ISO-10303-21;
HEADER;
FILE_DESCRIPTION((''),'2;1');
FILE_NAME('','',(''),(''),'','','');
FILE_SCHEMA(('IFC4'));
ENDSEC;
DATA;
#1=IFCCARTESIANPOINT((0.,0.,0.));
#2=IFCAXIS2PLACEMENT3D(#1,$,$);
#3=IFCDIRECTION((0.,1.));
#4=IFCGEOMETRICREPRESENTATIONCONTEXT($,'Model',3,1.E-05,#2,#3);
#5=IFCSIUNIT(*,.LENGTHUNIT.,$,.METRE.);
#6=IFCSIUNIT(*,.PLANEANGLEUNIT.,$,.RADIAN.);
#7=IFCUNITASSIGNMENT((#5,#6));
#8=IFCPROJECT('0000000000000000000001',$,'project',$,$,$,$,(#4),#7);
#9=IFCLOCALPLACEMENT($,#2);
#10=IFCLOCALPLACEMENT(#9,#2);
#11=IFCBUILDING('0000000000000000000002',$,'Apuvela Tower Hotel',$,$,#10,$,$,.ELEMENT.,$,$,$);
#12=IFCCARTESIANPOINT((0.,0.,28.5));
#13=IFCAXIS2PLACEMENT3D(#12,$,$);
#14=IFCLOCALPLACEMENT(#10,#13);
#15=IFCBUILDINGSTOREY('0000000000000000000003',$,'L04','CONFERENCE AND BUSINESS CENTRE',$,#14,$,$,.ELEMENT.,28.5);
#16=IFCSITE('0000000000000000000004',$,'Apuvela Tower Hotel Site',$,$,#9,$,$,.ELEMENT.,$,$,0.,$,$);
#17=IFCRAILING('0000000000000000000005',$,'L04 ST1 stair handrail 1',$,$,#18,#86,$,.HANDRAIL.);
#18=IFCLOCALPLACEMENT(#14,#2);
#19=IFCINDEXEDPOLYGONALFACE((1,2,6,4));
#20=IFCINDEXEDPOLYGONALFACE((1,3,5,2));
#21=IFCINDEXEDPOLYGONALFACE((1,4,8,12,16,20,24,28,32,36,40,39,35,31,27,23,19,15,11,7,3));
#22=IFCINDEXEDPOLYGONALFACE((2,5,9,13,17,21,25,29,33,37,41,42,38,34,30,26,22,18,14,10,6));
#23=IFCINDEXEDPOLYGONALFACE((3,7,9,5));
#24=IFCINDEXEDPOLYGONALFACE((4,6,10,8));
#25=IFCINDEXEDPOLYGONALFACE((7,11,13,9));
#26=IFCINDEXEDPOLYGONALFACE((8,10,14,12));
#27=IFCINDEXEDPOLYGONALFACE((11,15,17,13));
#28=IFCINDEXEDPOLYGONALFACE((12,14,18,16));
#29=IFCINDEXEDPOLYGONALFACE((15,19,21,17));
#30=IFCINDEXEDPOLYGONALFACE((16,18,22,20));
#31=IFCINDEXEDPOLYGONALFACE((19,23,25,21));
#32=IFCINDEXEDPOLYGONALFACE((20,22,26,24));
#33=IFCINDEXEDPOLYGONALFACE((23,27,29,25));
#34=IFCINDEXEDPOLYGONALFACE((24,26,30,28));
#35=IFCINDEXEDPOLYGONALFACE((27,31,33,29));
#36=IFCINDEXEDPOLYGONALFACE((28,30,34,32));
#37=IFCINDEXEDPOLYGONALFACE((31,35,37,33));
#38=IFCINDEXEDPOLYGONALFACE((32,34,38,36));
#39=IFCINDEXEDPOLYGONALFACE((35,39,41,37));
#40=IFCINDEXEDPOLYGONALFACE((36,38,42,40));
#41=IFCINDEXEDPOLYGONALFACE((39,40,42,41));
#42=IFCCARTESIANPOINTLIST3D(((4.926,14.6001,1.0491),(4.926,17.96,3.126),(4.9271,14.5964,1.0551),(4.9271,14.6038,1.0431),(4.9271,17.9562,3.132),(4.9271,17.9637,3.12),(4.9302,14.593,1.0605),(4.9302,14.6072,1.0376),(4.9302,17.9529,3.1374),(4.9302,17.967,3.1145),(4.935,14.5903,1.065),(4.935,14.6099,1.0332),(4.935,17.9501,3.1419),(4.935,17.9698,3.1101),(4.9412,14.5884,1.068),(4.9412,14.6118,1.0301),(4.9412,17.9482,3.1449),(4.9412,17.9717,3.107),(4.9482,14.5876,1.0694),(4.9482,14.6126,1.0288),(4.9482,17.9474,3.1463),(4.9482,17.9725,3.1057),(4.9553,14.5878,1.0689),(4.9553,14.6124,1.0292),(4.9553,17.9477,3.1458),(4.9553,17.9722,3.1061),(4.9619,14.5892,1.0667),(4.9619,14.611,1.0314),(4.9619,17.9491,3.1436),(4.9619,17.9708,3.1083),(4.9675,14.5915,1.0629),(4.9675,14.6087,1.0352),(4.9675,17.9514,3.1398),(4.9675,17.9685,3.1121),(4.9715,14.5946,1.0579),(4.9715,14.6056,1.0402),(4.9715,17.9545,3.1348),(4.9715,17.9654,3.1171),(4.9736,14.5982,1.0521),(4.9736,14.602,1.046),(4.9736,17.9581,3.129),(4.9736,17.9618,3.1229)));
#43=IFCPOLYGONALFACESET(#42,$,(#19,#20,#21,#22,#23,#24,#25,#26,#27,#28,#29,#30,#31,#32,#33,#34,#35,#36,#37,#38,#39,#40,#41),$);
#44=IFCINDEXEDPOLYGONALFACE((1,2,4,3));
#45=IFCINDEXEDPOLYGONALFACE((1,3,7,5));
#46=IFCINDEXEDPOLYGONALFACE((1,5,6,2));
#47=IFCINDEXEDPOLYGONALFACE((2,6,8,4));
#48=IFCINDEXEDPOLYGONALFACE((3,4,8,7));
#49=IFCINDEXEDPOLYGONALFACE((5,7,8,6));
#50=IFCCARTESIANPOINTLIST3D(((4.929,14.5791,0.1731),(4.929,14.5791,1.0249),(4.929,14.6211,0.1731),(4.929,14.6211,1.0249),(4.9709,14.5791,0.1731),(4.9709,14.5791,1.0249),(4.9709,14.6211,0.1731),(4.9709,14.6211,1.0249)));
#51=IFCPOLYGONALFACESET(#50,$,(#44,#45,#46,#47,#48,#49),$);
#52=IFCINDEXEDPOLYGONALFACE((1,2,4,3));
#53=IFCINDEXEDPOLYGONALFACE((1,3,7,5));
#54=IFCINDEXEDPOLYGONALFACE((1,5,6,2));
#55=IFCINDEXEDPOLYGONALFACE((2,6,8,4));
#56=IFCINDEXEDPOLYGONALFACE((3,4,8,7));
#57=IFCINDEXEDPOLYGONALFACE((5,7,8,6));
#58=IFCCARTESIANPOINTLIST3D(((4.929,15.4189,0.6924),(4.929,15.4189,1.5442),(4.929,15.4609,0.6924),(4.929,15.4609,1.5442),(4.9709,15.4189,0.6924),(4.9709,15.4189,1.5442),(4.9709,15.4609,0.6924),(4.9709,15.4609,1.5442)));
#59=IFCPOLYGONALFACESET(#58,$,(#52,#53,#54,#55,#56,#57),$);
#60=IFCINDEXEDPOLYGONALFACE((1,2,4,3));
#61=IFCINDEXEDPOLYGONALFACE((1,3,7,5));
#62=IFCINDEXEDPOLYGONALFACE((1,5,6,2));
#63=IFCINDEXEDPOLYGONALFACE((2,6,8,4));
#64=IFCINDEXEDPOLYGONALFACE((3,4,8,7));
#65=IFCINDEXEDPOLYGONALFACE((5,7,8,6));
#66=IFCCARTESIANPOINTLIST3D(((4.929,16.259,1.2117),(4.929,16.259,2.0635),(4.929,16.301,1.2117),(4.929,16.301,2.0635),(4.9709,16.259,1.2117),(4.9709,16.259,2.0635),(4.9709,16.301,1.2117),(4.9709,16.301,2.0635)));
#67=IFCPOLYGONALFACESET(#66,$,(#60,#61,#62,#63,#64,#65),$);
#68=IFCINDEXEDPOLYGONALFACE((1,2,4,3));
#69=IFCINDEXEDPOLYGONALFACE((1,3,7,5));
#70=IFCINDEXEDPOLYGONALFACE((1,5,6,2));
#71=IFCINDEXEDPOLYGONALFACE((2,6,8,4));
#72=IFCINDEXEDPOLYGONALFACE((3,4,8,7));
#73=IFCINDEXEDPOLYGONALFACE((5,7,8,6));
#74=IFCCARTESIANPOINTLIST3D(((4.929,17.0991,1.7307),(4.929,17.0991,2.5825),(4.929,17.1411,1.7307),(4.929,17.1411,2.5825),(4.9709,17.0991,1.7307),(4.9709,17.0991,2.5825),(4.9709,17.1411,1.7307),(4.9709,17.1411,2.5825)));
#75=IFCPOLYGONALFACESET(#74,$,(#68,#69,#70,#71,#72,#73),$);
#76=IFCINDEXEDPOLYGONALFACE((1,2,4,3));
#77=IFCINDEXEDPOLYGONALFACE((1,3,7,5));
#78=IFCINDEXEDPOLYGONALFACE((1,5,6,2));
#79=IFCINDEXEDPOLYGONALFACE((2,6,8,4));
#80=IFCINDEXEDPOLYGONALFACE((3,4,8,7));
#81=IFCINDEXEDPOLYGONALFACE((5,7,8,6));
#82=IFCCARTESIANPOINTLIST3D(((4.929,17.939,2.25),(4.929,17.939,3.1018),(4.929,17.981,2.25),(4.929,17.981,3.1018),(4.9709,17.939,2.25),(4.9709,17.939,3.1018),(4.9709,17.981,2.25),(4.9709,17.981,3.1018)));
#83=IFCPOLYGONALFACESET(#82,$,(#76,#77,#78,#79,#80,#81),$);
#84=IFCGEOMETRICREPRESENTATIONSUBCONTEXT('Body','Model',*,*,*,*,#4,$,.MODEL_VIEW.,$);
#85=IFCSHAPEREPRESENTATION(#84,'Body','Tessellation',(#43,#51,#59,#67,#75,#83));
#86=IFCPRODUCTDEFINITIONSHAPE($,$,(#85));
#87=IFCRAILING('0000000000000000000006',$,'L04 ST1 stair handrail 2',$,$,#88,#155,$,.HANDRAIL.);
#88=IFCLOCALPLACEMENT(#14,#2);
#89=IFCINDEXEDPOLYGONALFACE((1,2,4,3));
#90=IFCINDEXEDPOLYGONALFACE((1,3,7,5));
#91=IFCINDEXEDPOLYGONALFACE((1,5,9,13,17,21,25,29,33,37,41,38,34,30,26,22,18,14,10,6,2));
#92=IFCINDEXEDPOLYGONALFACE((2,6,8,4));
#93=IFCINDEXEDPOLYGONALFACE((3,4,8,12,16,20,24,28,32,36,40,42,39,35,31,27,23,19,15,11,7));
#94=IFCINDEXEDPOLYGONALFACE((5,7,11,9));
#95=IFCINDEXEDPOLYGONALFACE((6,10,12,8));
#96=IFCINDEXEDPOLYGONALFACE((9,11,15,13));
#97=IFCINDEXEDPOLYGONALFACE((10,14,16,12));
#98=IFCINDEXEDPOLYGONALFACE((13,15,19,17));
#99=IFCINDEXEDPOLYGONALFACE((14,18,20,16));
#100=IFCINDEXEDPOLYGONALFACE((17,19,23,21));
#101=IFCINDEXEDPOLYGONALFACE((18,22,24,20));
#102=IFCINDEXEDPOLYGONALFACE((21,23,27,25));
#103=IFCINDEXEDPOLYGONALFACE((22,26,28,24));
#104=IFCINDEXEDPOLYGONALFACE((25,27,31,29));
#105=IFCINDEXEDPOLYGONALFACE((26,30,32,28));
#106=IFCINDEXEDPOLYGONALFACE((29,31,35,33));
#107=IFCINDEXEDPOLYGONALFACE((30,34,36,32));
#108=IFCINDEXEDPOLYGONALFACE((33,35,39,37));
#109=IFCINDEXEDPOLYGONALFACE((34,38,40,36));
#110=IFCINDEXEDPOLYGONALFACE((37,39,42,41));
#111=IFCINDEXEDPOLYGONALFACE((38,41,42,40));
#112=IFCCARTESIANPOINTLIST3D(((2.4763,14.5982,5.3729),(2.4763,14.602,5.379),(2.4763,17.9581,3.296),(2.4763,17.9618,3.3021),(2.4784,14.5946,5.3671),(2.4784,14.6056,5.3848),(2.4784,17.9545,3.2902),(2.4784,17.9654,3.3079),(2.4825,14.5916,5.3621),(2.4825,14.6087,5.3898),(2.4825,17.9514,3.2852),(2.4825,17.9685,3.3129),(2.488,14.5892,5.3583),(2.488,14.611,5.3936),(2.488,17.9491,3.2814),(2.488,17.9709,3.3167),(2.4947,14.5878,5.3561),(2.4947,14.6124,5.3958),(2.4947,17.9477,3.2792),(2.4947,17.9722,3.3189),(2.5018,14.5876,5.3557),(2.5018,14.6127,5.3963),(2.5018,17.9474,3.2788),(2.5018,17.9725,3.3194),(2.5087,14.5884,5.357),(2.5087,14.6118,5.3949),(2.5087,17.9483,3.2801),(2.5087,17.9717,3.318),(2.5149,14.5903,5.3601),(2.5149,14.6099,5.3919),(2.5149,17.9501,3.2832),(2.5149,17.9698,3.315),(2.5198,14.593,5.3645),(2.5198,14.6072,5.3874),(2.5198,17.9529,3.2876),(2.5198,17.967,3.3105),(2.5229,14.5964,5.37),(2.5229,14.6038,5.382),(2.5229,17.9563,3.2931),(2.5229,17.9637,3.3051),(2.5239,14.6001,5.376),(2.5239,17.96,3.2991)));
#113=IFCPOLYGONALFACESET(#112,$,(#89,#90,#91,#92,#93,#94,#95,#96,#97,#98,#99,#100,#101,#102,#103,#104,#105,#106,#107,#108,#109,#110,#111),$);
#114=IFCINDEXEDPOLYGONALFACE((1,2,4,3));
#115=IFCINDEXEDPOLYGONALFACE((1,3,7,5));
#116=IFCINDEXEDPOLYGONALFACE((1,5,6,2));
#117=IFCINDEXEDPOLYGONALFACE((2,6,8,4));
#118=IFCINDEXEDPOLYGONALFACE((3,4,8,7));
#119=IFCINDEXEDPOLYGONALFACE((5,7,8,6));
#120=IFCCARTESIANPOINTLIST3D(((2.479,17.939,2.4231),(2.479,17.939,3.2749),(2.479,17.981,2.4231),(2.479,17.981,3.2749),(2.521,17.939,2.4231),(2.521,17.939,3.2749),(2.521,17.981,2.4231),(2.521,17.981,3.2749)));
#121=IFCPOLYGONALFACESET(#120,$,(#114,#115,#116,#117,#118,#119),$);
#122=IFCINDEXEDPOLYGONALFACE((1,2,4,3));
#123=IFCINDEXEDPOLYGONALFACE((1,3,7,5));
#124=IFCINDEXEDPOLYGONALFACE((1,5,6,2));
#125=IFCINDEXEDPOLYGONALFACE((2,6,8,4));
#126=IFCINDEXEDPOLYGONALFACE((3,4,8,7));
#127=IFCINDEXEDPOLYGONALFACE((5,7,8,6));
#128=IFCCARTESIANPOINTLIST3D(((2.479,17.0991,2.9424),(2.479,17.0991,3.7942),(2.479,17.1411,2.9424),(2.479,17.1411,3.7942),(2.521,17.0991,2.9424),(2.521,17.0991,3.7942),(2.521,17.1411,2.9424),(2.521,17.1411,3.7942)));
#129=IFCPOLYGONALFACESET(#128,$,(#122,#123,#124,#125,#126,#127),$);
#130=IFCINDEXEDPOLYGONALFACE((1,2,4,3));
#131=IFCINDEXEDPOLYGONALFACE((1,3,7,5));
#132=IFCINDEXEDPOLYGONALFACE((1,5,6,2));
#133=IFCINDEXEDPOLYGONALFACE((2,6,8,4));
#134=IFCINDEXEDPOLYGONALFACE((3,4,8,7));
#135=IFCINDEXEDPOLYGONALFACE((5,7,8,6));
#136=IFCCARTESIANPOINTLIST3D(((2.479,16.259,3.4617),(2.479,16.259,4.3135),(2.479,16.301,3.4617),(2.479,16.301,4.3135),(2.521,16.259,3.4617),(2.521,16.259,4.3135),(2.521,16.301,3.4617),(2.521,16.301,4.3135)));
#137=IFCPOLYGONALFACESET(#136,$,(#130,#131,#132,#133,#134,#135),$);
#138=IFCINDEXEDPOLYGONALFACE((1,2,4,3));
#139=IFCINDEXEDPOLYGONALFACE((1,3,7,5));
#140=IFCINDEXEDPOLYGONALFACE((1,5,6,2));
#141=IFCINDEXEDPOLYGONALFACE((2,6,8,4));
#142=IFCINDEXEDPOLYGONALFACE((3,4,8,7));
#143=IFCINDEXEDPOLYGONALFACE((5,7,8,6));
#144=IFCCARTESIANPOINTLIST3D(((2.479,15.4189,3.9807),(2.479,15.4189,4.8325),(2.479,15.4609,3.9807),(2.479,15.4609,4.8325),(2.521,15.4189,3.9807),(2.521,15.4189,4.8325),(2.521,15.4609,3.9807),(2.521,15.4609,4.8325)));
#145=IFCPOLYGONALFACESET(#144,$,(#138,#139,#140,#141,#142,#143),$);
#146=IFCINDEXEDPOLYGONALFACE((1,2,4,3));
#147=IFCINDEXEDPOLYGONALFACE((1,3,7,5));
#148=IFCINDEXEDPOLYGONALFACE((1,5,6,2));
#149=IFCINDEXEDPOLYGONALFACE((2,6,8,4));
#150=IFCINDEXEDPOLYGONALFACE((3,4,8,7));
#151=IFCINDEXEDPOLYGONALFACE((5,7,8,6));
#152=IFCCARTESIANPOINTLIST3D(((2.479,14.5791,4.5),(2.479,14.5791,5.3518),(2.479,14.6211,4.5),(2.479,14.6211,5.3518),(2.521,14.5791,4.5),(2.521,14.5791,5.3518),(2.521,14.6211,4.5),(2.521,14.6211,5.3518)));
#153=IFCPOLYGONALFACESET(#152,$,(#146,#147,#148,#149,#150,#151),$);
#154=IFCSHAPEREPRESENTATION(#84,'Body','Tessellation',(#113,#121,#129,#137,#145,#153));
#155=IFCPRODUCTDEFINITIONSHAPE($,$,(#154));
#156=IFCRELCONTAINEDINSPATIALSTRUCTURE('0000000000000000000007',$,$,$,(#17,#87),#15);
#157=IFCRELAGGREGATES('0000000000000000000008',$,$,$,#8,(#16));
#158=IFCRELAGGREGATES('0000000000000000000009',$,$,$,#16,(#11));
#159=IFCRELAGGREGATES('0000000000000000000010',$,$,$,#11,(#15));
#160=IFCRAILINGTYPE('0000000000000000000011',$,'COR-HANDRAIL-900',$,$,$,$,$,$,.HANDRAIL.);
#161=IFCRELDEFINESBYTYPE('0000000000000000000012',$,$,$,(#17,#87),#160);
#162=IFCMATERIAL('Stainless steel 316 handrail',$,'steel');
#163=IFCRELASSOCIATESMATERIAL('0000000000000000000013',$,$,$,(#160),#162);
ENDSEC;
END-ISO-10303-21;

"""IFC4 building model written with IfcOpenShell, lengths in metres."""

from ifc_helpers import new_model, si_unit, direction, frame, origin, origin_2d, place, context, subcontext, project, spatial, rectangle, circle, extrude, material, type_object, element, save


model = new_model("IFC4")

# Units and contexts
model_context = context("Model", 3, precision=1e-05, world=origin(), true_north=direction((0.0, 1.0)))
body_context = subcontext(model_context, "Body", "Model", "MODEL_VIEW")
ifc_project = project(units=[si_unit("LENGTHUNIT", "METRE"), si_unit("PLANEANGLEUNIT", "RADIAN")], contexts=[model_context])

# Site, building, storey
site_placement = place(None, origin())
site = spatial("IfcSite", under=ifc_project, at=site_placement, Name="Apuvela Tower Hotel Site", CompositionType="ELEMENT", RefElevation=0.0)
building_placement = place(site_placement, origin())
building = spatial("IfcBuilding", under=site, at=building_placement, Name="Apuvela Tower Hotel", CompositionType="ELEMENT")
storey_placement = place(building_placement, frame((0.0, 0.0, 28.5)))
storey = spatial("IfcBuildingStorey", under=building, at=storey_placement, Name="L04", Description="CONFERENCE AND BUSINESS CENTRE", CompositionType="ELEMENT", Elevation=28.5)

# Railings
ifc_material_1 = material(Name="Stainless steel 316 handrail", Category="steel")
railing_type_1 = type_object("IfcRailingType", Name="COR-HANDRAIL-900", PredefinedType="HANDRAIL", material=ifc_material_1)
railing_1_placement = place(storey_placement, frame((4.95, 14.6001, 0.1731)))
element("IfcRailing", 1, at=railing_1_placement, inside=storey, type_object=railing_type_1, Name="L04 ST1 stair handrail 1", PredefinedType="HANDRAIL", context=body_context, shape_type="SweptSolid", body=[
    extrude(circle(Radius=0.0239, at=origin_2d()), frame((0.0, 0.0, 0.876), z_axis=(0.0, 0.850606, 0.525803), x_axis=(-1.0, 0.0, 0.0)), (0.0, 0.0, 1.0), 3.95),
    extrude(rectangle(XDim=0.042, YDim=0.042, at=origin_2d()), origin(), (0.0, 0.0, 1.0), 0.8518),
    extrude(rectangle(XDim=0.042, YDim=0.042, at=origin_2d()), frame((0.0, 0.8398, 0.5193)), (0.0, 0.0, 1.0), 0.8518),
    extrude(rectangle(XDim=0.042, YDim=0.042, at=origin_2d()), frame((0.0, 1.6799, 1.0386)), (0.0, 0.0, 1.0), 0.8518),
    extrude(rectangle(XDim=0.042, YDim=0.042, at=origin_2d()), frame((0.0, 2.52, 1.5576)), (0.0, 0.0, 1.0), 0.8518),
    extrude(rectangle(XDim=0.042, YDim=0.042, at=origin_2d()), frame((0.0, 3.3599, 2.0769)), (0.0, 0.0, 1.0), 0.8518),
])
railing_2_placement = place(storey_placement, frame((2.5, 17.96, 2.4231)))
element("IfcRailing", 2, at=railing_2_placement, inside=storey, type_object=railing_type_1, Name="L04 ST1 stair handrail 2", PredefinedType="HANDRAIL", context=body_context, shape_type="SweptSolid", body=[
    extrude(circle(Radius=0.0239, at=origin_2d()), frame((0.0, 0.0, 0.876), z_axis=(0.0, -0.850606, 0.525803), x_axis=(1.0, 0.0, 0.0)), (0.0, 0.0, 1.0), 3.95),
    extrude(rectangle(XDim=0.042, YDim=0.042, at=origin_2d()), origin(), (0.0, 0.0, 1.0), 0.8518),
    extrude(rectangle(XDim=0.042, YDim=0.042, at=origin_2d()), frame((0.0, -0.8398, 0.5193)), (0.0, 0.0, 1.0), 0.8518),
    extrude(rectangle(XDim=0.042, YDim=0.042, at=origin_2d()), frame((0.0, -1.6799, 1.0386)), (0.0, 0.0, 1.0), 0.8518),
    extrude(rectangle(XDim=0.042, YDim=0.042, at=origin_2d()), frame((0.0, -2.52, 1.5576)), (0.0, 0.0, 1.0), 0.8518),
    extrude(rectangle(XDim=0.042, YDim=0.042, at=origin_2d()), frame((0.0, -3.3599, 2.0769)), (0.0, 0.0, 1.0), 0.8518),
])

save(model, "model.ifc")
